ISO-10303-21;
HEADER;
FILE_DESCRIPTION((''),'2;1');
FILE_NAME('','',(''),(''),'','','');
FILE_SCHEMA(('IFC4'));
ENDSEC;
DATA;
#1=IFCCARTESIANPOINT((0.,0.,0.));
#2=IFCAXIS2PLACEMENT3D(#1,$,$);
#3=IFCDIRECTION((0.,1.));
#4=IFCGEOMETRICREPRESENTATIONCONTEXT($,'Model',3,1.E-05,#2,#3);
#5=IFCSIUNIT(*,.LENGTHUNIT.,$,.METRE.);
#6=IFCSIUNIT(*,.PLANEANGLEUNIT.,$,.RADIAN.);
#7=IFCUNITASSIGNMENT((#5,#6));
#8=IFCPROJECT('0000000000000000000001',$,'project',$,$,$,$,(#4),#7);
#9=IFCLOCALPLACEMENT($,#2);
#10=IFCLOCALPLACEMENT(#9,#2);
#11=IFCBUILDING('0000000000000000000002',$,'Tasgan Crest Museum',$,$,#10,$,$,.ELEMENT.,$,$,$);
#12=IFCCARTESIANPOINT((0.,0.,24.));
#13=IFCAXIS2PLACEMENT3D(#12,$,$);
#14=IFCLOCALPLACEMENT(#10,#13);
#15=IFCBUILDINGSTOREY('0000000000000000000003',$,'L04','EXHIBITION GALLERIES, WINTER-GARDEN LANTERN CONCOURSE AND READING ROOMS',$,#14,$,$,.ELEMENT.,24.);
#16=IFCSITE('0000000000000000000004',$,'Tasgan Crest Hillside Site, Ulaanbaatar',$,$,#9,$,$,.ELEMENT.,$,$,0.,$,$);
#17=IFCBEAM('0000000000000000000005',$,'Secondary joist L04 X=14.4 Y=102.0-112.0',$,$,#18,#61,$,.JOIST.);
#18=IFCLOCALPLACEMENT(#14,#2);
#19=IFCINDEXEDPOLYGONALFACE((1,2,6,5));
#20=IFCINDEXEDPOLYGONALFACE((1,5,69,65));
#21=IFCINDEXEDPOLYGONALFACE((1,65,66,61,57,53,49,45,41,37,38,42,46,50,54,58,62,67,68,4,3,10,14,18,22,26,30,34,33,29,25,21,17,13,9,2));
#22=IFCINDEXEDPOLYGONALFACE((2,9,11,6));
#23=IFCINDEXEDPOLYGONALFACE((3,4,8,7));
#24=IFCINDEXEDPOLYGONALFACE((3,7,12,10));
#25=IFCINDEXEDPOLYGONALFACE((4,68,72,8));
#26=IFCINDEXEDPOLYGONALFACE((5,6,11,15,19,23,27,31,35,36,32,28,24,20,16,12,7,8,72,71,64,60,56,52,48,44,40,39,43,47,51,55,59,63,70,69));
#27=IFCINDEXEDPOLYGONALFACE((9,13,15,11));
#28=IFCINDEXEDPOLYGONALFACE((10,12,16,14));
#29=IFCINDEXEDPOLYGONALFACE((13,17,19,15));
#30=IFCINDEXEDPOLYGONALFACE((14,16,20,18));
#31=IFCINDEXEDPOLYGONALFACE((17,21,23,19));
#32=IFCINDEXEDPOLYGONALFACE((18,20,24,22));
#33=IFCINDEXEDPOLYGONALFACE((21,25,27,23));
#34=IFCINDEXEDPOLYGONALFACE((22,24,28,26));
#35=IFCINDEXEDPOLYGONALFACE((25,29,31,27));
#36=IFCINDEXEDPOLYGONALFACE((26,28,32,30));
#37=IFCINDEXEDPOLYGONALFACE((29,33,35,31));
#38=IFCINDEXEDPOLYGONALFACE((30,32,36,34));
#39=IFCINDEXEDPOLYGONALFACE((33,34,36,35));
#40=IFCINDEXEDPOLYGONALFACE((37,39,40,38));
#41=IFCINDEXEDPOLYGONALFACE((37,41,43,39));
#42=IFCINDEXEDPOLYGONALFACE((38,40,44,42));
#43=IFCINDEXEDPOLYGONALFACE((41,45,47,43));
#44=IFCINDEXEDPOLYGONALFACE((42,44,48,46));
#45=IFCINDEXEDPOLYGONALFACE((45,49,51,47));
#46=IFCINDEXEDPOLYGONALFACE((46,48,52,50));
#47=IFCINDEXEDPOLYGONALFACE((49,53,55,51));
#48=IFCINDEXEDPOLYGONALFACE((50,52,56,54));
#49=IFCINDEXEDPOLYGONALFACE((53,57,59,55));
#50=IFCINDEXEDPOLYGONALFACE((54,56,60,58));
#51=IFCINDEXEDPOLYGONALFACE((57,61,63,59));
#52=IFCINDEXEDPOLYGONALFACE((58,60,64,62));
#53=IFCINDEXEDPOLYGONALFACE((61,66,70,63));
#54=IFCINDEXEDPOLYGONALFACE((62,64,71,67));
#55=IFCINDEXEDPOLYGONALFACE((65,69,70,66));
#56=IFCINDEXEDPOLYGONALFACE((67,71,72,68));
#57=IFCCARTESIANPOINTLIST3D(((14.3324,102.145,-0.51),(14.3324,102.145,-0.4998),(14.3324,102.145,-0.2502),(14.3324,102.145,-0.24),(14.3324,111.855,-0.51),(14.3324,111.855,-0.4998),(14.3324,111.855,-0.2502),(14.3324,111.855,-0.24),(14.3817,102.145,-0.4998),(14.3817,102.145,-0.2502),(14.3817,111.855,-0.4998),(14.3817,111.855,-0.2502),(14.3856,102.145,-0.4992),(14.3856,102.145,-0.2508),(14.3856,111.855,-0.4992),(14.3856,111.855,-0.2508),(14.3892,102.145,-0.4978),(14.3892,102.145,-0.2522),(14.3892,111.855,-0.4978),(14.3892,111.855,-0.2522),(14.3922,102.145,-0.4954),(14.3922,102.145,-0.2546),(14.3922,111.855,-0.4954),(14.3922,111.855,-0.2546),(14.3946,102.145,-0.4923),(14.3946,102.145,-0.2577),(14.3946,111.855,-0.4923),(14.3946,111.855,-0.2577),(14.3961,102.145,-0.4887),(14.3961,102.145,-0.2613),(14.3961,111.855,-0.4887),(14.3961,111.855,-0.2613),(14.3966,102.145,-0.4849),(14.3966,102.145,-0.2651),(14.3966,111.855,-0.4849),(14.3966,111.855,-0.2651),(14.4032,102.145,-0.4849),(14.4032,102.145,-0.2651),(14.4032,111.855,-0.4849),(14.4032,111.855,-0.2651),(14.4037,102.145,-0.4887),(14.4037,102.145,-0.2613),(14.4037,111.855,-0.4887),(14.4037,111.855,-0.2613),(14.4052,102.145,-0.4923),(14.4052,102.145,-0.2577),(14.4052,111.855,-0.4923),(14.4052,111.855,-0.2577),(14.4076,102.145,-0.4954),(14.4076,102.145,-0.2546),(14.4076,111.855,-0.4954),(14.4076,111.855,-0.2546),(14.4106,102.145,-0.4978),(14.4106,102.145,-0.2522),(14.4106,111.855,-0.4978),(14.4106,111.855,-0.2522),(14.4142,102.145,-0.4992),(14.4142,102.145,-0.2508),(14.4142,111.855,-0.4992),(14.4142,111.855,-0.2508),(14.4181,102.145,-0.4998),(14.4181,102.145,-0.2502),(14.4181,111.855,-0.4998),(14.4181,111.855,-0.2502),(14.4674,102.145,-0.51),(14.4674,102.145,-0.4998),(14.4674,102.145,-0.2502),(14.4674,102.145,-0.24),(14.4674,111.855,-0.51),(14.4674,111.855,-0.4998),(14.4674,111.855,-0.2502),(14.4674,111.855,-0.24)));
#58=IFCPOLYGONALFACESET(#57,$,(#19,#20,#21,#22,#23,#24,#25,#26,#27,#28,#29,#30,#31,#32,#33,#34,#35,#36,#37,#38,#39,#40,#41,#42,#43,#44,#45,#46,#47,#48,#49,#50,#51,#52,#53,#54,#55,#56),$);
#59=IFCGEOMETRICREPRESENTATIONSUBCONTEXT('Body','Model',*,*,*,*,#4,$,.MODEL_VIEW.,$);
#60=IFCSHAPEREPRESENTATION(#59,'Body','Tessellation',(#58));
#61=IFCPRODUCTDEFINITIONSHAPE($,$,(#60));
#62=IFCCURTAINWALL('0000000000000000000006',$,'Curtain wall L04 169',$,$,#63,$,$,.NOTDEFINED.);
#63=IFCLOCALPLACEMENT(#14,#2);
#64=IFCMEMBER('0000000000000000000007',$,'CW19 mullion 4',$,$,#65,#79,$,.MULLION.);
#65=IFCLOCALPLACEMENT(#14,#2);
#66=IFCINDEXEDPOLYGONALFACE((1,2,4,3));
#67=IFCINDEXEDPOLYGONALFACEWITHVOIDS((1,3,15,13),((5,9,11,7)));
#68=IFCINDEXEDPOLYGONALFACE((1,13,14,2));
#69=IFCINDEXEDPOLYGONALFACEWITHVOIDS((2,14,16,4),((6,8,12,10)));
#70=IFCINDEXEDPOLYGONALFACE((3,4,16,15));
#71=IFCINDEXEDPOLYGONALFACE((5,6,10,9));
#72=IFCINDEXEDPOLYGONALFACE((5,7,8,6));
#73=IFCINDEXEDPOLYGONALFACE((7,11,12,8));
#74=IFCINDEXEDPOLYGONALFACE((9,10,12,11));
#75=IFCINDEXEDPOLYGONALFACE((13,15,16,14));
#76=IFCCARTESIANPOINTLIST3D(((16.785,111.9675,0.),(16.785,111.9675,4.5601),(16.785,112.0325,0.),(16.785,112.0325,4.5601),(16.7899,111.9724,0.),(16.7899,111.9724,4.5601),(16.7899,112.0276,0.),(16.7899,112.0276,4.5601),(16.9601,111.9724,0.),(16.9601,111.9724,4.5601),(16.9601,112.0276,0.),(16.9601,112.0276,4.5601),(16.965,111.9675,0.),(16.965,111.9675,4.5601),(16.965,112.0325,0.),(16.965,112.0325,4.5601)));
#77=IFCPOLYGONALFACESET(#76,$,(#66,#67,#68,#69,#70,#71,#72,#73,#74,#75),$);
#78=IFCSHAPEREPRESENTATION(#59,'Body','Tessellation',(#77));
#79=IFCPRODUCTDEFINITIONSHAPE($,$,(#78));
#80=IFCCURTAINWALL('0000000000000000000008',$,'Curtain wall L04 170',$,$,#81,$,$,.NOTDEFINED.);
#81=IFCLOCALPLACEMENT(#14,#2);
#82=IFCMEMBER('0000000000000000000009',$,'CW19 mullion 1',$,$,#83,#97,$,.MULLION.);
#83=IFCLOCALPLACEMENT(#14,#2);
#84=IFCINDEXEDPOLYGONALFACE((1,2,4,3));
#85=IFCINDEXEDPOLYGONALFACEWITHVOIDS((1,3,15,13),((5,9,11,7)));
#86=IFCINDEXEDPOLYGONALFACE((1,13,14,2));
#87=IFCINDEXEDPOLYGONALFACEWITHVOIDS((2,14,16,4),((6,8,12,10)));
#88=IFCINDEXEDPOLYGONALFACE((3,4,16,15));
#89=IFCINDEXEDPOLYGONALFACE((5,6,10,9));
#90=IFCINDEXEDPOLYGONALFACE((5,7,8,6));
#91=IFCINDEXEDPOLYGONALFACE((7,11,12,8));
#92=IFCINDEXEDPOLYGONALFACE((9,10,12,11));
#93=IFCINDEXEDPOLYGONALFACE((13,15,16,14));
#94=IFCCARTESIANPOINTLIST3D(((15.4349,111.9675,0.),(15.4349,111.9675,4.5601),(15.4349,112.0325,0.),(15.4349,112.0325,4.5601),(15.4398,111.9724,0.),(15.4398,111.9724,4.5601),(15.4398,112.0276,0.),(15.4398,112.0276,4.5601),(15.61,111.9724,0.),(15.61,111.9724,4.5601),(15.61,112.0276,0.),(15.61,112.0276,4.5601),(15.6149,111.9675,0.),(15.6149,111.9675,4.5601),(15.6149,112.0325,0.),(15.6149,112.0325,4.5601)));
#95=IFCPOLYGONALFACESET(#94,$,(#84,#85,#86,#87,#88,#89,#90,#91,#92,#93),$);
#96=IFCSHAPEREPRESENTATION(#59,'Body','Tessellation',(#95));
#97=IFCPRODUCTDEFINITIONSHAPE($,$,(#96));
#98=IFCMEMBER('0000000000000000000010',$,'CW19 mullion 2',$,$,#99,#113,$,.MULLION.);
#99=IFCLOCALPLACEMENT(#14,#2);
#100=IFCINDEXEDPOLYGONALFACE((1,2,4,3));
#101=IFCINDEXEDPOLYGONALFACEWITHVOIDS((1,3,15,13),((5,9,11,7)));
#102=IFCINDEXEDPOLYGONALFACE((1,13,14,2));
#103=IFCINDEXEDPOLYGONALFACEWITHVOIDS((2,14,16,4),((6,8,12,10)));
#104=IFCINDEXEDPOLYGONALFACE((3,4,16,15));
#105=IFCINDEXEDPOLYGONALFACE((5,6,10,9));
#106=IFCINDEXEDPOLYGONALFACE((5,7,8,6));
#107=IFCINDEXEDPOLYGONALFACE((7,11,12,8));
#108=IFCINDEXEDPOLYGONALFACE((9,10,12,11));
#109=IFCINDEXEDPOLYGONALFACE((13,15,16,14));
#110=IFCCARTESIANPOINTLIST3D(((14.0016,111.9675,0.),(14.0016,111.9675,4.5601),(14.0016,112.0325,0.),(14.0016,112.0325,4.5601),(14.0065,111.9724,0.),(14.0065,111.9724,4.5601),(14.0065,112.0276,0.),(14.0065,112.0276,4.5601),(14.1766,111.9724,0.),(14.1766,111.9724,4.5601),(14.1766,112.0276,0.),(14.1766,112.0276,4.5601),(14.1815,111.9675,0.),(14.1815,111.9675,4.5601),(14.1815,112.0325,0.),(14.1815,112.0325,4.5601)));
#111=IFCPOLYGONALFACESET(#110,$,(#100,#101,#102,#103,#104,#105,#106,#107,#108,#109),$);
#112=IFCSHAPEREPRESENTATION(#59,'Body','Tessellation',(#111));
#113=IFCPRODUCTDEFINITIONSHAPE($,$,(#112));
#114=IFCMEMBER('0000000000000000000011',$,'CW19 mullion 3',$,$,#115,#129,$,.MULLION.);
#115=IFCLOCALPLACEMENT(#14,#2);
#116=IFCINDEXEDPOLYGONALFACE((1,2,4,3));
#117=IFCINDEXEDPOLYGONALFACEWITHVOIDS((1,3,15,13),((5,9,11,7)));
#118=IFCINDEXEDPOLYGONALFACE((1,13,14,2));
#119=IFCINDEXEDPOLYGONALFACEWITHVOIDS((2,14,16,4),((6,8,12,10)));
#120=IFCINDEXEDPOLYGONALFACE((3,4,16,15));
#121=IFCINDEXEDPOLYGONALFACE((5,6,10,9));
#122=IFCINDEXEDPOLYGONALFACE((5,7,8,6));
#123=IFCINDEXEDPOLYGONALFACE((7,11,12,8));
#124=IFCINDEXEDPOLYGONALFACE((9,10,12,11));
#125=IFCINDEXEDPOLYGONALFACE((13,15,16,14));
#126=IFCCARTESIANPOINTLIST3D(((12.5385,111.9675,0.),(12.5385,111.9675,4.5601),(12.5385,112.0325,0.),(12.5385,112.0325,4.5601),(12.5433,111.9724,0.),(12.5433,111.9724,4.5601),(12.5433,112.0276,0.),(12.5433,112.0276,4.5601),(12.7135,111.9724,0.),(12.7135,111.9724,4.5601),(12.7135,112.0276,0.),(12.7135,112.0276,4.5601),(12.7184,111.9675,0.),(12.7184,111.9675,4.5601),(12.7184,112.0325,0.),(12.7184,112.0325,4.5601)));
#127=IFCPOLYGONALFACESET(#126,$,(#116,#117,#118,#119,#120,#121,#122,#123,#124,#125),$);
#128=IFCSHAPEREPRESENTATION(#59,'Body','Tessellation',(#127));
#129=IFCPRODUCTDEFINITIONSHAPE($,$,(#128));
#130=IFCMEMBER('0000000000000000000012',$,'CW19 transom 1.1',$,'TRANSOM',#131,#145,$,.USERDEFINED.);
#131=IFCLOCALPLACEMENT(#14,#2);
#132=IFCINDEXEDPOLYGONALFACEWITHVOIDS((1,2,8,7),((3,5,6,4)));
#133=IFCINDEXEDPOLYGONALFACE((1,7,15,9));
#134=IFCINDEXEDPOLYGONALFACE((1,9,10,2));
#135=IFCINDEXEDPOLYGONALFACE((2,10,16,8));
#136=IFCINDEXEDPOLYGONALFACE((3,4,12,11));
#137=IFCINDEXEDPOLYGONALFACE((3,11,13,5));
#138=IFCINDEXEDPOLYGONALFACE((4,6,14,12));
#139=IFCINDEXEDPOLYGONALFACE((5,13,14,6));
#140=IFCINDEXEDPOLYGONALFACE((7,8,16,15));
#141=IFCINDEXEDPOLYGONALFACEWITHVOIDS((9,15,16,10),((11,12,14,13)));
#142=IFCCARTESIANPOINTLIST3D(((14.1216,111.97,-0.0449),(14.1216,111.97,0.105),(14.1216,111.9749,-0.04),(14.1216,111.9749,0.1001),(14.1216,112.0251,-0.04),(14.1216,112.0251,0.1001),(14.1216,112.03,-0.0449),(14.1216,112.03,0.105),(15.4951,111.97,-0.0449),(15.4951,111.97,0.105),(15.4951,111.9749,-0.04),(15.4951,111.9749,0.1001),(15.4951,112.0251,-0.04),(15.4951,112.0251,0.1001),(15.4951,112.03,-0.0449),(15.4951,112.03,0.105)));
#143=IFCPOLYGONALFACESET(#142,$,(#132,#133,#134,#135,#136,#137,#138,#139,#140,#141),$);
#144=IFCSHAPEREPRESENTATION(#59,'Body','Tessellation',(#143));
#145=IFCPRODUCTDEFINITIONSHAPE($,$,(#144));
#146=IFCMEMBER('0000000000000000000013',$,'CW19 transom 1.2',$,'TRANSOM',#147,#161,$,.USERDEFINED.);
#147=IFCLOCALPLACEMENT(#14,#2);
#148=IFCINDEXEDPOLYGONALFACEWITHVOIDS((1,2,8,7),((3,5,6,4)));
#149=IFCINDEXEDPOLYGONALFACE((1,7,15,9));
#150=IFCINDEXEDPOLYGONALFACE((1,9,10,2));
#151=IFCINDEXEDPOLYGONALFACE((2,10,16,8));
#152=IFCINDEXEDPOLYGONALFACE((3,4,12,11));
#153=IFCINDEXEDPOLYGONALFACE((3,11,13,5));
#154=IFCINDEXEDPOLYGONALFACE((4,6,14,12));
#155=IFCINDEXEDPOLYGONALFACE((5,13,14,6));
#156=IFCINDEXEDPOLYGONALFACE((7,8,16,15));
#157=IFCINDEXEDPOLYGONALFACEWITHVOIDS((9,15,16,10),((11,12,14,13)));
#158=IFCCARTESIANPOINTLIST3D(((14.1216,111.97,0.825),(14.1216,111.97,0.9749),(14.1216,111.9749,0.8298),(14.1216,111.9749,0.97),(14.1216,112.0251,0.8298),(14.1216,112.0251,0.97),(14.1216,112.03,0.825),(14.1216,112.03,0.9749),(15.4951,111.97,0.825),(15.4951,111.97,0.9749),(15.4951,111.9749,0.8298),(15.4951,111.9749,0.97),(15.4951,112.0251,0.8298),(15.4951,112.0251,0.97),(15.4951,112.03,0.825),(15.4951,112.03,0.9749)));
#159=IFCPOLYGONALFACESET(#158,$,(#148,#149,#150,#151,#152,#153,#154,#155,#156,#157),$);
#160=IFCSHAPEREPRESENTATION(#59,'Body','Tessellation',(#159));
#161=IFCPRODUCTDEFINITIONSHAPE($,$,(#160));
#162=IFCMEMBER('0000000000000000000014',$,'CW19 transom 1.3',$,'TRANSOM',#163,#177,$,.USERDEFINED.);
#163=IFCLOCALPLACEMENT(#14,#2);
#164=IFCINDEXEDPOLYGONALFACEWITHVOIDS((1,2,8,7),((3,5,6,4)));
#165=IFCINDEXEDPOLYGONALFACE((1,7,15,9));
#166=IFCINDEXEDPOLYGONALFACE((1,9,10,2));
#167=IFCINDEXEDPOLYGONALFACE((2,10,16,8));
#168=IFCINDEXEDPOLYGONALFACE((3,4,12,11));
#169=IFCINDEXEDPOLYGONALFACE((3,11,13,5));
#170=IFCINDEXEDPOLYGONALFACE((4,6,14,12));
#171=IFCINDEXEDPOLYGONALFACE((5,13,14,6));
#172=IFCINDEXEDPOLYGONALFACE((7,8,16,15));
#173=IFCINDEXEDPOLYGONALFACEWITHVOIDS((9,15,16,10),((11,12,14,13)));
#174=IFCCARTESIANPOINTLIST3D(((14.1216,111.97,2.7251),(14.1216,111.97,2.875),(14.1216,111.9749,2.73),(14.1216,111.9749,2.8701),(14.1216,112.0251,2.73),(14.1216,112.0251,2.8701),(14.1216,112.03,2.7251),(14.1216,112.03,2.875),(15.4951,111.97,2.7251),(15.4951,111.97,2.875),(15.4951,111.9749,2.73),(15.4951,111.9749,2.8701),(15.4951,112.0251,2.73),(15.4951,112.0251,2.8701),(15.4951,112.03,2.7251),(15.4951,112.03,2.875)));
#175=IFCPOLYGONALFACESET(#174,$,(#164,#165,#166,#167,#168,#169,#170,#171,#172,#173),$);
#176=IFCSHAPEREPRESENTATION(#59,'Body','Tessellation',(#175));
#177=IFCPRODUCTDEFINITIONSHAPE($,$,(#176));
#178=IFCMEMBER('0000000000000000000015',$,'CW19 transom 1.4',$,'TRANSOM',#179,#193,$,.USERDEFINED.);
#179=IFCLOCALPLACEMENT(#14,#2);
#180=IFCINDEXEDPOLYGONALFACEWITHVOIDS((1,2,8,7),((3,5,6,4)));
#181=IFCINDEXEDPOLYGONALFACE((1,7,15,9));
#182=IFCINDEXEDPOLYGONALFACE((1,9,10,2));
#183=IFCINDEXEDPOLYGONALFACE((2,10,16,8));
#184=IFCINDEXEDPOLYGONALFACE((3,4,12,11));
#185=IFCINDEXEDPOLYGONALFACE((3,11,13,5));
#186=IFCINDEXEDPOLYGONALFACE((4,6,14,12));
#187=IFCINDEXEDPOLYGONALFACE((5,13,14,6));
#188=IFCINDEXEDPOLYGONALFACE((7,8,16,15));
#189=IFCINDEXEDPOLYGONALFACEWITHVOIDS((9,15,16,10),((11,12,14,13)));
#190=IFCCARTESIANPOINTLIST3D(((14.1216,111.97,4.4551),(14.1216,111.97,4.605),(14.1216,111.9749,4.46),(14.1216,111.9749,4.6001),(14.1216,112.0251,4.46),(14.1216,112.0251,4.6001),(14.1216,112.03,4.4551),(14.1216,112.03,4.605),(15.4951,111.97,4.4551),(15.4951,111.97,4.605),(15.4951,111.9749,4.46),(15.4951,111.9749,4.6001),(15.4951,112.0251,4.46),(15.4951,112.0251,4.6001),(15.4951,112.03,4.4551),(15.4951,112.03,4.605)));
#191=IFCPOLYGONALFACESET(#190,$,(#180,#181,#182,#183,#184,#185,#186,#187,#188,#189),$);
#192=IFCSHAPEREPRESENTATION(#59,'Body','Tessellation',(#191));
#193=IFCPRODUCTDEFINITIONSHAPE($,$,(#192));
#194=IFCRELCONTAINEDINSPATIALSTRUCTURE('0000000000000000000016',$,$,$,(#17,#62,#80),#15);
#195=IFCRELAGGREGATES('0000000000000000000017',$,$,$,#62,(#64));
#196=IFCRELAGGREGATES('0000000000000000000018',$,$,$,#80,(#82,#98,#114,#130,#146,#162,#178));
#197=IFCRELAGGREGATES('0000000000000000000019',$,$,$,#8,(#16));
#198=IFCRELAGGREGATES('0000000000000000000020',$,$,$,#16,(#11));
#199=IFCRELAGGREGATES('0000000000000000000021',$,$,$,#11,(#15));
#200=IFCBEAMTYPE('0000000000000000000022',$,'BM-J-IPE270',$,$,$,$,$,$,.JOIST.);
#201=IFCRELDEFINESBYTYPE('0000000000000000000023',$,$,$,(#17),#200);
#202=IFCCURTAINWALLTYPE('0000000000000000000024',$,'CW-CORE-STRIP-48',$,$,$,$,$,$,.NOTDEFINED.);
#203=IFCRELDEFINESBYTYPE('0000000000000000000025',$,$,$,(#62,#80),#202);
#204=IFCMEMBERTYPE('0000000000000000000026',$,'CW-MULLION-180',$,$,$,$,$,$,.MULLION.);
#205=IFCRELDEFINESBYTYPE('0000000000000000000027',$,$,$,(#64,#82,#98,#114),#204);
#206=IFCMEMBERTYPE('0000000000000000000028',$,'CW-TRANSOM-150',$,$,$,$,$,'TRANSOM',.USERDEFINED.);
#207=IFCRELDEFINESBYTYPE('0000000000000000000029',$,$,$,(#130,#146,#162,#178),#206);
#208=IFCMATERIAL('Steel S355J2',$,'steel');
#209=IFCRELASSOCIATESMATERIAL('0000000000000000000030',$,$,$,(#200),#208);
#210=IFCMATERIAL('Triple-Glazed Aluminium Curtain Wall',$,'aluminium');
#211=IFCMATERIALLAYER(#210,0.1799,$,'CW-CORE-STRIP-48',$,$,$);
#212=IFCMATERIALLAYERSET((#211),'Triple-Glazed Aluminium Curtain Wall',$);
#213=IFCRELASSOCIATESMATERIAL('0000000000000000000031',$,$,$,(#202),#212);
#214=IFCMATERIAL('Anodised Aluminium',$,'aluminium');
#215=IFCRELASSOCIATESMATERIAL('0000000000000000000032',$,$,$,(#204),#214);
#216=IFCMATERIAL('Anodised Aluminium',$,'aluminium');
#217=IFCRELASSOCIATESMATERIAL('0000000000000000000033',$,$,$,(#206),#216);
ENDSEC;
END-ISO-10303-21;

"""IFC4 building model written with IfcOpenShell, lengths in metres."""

from ifc_helpers import new_model, si_unit, direction, frame, origin, origin_2d, place, context, subcontext, project, spatial, hollow_rectangle, i_section, extrude, material, layer, layer_set, material_profile, profile_set, type_object, element, aggregate, save


model = new_model("IFC4")

# Units and contexts
model_context = context("Model", 3, precision=1e-05, world=origin(), true_north=direction((0.0, 1.0)))
body_context = subcontext(model_context, "Body", "Model", "MODEL_VIEW")
ifc_project = project(units=[si_unit("LENGTHUNIT", "METRE"), si_unit("PLANEANGLEUNIT", "RADIAN")], contexts=[model_context])

# Site, building, storey
site_placement = place(None, origin())
site = spatial("IfcSite", under=ifc_project, at=site_placement, Name="Tasgan Crest Hillside Site, Ulaanbaatar", CompositionType="ELEMENT", RefElevation=0.0)
building_placement = place(site_placement, origin())
building = spatial("IfcBuilding", under=site, at=building_placement, Name="Tasgan Crest Museum", CompositionType="ELEMENT")
storey_placement = place(building_placement, frame((0.0, 0.0, 24.0)))
storey = spatial("IfcBuildingStorey", under=building, at=storey_placement, Name="L04", Description="EXHIBITION GALLERIES, WINTER-GARDEN LANTERN CONCOURSE AND READING ROOMS", CompositionType="ELEMENT", Elevation=24.0)

# Beam
ifc_material_1 = material(Name="Steel S355J2", Category="steel")
ifc_material_profile_1 = material_profile(ifc_material_1, i_section(OverallWidth=0.135, OverallDepth=0.27, WebThickness=0.0066, FlangeThickness=0.0103, FilletRadius=0.0149, at=origin_2d()), Name="IPE 270")
ifc_profile_set_1 = profile_set([ifc_material_profile_1], Name="Steel S355J2")
beam_type = type_object("IfcBeamType", Name="BM-J-IPE270", PredefinedType="JOIST", material=ifc_profile_set_1)
beam_placement = place(storey_placement, frame((14.3999, 102.145, -0.375), z_axis=(0.0, 1.0, 0.0), x_axis=(-1.0, 0.0, 0.0)))
element("IfcBeam", 1, at=beam_placement, inside=storey, type_object=beam_type, Name="Secondary joist L04 X=14.4 Y=102.0-112.0", PredefinedType="JOIST", context=body_context, shape_type="SweptSolid", body=[
    extrude(i_section(OverallWidth=0.135, OverallDepth=0.27, WebThickness=0.0066, FlangeThickness=0.0103, FilletRadius=0.0149, at=origin_2d()), origin(), (0.0, 0.0, 1.0), 9.71),
])

# Curtain wall, member
ifc_material_2 = material(Name="Triple-Glazed Aluminium Curtain Wall", Category="aluminium")
ifc_layer_1 = layer(ifc_material_2, 0.1799, Name="CW-CORE-STRIP-48")
ifc_layer_set_1 = layer_set([ifc_layer_1], Name="Triple-Glazed Aluminium Curtain Wall")
curtain_wall_type = type_object("IfcCurtainWallType", Name="CW-CORE-STRIP-48", PredefinedType="NOTDEFINED", material=ifc_layer_set_1)
curtain_wall_1_placement = place(storey_placement, origin())
curtain_wall_1 = element("IfcCurtainWall", 2, at=curtain_wall_1_placement, inside=storey, type_object=curtain_wall_type, Name="Curtain wall L04 169", PredefinedType="NOTDEFINED")
ifc_material_3 = material(Name="Anodised Aluminium", Category="aluminium")
ifc_material_profile_2 = material_profile(ifc_material_3, hollow_rectangle(XDim=0.0649, YDim=0.1799, WallThickness=0.0049, at=origin_2d()), Name="ALU MULLION 180x65x5")
ifc_profile_set_2 = profile_set([ifc_material_profile_2], Name="Anodised Aluminium")
member_type_1 = type_object("IfcMemberType", Name="CW-MULLION-180", PredefinedType="MULLION", material=ifc_profile_set_2)
member_1_placement = place(storey_placement, frame((16.875, 112.0, 0.0), z_axis=(0.0, 0.0, 1.0), x_axis=(0.0, -1.0, 0.0)))
member_1 = element("IfcMember", 3, at=member_1_placement, type_object=member_type_1, Name="CW19 mullion 4", PredefinedType="MULLION", context=body_context, shape_type="SweptSolid", body=[
    extrude(hollow_rectangle(XDim=0.0649, YDim=0.1799, WallThickness=0.0049, at=origin_2d()), origin(), (0.0, 0.0, 1.0), 4.5601),
])

# Curtain wall, members
curtain_wall_2_placement = place(storey_placement, origin())
curtain_wall_2 = element("IfcCurtainWall", 4, at=curtain_wall_2_placement, inside=storey, type_object=curtain_wall_type, Name="Curtain wall L04 170", PredefinedType="NOTDEFINED")
member_2_placement = place(storey_placement, frame((15.5249, 112.0, 0.0), z_axis=(0.0, 0.0, 1.0), x_axis=(0.0, -1.0, 0.0)))
member_2 = element("IfcMember", 5, at=member_2_placement, type_object=member_type_1, Name="CW19 mullion 1", PredefinedType="MULLION", context=body_context, shape_type="SweptSolid", body=[
    extrude(hollow_rectangle(XDim=0.0649, YDim=0.1799, WallThickness=0.0049, at=origin_2d()), origin(), (0.0, 0.0, 1.0), 4.5601),
])
member_3_placement = place(storey_placement, frame((14.0916, 112.0, 0.0), z_axis=(0.0, 0.0, 1.0), x_axis=(0.0, -1.0, 0.0)))
member_3 = element("IfcMember", 6, at=member_3_placement, type_object=member_type_1, Name="CW19 mullion 2", PredefinedType="MULLION", context=body_context, shape_type="SweptSolid", body=[
    extrude(hollow_rectangle(XDim=0.0649, YDim=0.1799, WallThickness=0.0049, at=origin_2d()), origin(), (0.0, 0.0, 1.0), 4.5601),
])
member_4_placement = place(storey_placement, frame((12.6284, 112.0, 0.0), z_axis=(0.0, 0.0, 1.0), x_axis=(0.0, -1.0, 0.0)))
member_4 = element("IfcMember", 7, at=member_4_placement, type_object=member_type_1, Name="CW19 mullion 3", PredefinedType="MULLION", context=body_context, shape_type="SweptSolid", body=[
    extrude(hollow_rectangle(XDim=0.0649, YDim=0.1799, WallThickness=0.0049, at=origin_2d()), origin(), (0.0, 0.0, 1.0), 4.5601),
])
ifc_material_4 = material(Name="Anodised Aluminium", Category="aluminium")
ifc_material_profile_3 = material_profile(ifc_material_4, hollow_rectangle(XDim=0.0601, YDim=0.1499, WallThickness=0.0049, at=origin_2d()), Name="ALU TRANSOM 150x60x5")
ifc_profile_set_3 = profile_set([ifc_material_profile_3], Name="Anodised Aluminium")
member_type_2 = type_object("IfcMemberType", Name="CW-TRANSOM-150", ElementType="TRANSOM", PredefinedType="USERDEFINED", material=ifc_profile_set_3)
member_5_placement = place(storey_placement, frame((15.4951, 112.0, 0.03), z_axis=(-1.0, 0.0, 0.0), x_axis=(0.0, -1.0, 0.0)))
member_5 = element("IfcMember", 8, at=member_5_placement, type_object=member_type_2, Name="CW19 transom 1.1", ObjectType="TRANSOM", PredefinedType="USERDEFINED", context=body_context, shape_type="SweptSolid", body=[
    extrude(hollow_rectangle(XDim=0.0601, YDim=0.1499, WallThickness=0.0049, at=origin_2d()), origin(), (0.0, 0.0, 1.0), 1.3735),
])
member_6_placement = place(storey_placement, frame((15.4951, 112.0, 0.8999), z_axis=(-1.0, 0.0, 0.0), x_axis=(0.0, -1.0, 0.0)))
member_6 = element("IfcMember", 9, at=member_6_placement, type_object=member_type_2, Name="CW19 transom 1.2", ObjectType="TRANSOM", PredefinedType="USERDEFINED", context=body_context, shape_type="SweptSolid", body=[
    extrude(hollow_rectangle(XDim=0.0601, YDim=0.1499, WallThickness=0.0049, at=origin_2d()), origin(), (0.0, 0.0, 1.0), 1.3735),
])
member_7_placement = place(storey_placement, frame((15.4951, 112.0, 2.8), z_axis=(-1.0, 0.0, 0.0), x_axis=(0.0, -1.0, 0.0)))
member_7 = element("IfcMember", 10, at=member_7_placement, type_object=member_type_2, Name="CW19 transom 1.3", ObjectType="TRANSOM", PredefinedType="USERDEFINED", context=body_context, shape_type="SweptSolid", body=[
    extrude(hollow_rectangle(XDim=0.0601, YDim=0.1499, WallThickness=0.0049, at=origin_2d()), origin(), (0.0, 0.0, 1.0), 1.3735),
])
member_8_placement = place(storey_placement, frame((15.4951, 112.0, 4.53), z_axis=(-1.0, 0.0, 0.0), x_axis=(0.0, -1.0, 0.0)))
member_8 = element("IfcMember", 11, at=member_8_placement, type_object=member_type_2, Name="CW19 transom 1.4", ObjectType="TRANSOM", PredefinedType="USERDEFINED", context=body_context, shape_type="SweptSolid", body=[
    extrude(hollow_rectangle(XDim=0.0601, YDim=0.1499, WallThickness=0.0049, at=origin_2d()), origin(), (0.0, 0.0, 1.0), 1.3735),
])

aggregate(curtain_wall_1, [member_1])
aggregate(curtain_wall_2, [member_2, member_3, member_4, member_5, member_6, member_7, member_8])

save(model, "model.ifc")
